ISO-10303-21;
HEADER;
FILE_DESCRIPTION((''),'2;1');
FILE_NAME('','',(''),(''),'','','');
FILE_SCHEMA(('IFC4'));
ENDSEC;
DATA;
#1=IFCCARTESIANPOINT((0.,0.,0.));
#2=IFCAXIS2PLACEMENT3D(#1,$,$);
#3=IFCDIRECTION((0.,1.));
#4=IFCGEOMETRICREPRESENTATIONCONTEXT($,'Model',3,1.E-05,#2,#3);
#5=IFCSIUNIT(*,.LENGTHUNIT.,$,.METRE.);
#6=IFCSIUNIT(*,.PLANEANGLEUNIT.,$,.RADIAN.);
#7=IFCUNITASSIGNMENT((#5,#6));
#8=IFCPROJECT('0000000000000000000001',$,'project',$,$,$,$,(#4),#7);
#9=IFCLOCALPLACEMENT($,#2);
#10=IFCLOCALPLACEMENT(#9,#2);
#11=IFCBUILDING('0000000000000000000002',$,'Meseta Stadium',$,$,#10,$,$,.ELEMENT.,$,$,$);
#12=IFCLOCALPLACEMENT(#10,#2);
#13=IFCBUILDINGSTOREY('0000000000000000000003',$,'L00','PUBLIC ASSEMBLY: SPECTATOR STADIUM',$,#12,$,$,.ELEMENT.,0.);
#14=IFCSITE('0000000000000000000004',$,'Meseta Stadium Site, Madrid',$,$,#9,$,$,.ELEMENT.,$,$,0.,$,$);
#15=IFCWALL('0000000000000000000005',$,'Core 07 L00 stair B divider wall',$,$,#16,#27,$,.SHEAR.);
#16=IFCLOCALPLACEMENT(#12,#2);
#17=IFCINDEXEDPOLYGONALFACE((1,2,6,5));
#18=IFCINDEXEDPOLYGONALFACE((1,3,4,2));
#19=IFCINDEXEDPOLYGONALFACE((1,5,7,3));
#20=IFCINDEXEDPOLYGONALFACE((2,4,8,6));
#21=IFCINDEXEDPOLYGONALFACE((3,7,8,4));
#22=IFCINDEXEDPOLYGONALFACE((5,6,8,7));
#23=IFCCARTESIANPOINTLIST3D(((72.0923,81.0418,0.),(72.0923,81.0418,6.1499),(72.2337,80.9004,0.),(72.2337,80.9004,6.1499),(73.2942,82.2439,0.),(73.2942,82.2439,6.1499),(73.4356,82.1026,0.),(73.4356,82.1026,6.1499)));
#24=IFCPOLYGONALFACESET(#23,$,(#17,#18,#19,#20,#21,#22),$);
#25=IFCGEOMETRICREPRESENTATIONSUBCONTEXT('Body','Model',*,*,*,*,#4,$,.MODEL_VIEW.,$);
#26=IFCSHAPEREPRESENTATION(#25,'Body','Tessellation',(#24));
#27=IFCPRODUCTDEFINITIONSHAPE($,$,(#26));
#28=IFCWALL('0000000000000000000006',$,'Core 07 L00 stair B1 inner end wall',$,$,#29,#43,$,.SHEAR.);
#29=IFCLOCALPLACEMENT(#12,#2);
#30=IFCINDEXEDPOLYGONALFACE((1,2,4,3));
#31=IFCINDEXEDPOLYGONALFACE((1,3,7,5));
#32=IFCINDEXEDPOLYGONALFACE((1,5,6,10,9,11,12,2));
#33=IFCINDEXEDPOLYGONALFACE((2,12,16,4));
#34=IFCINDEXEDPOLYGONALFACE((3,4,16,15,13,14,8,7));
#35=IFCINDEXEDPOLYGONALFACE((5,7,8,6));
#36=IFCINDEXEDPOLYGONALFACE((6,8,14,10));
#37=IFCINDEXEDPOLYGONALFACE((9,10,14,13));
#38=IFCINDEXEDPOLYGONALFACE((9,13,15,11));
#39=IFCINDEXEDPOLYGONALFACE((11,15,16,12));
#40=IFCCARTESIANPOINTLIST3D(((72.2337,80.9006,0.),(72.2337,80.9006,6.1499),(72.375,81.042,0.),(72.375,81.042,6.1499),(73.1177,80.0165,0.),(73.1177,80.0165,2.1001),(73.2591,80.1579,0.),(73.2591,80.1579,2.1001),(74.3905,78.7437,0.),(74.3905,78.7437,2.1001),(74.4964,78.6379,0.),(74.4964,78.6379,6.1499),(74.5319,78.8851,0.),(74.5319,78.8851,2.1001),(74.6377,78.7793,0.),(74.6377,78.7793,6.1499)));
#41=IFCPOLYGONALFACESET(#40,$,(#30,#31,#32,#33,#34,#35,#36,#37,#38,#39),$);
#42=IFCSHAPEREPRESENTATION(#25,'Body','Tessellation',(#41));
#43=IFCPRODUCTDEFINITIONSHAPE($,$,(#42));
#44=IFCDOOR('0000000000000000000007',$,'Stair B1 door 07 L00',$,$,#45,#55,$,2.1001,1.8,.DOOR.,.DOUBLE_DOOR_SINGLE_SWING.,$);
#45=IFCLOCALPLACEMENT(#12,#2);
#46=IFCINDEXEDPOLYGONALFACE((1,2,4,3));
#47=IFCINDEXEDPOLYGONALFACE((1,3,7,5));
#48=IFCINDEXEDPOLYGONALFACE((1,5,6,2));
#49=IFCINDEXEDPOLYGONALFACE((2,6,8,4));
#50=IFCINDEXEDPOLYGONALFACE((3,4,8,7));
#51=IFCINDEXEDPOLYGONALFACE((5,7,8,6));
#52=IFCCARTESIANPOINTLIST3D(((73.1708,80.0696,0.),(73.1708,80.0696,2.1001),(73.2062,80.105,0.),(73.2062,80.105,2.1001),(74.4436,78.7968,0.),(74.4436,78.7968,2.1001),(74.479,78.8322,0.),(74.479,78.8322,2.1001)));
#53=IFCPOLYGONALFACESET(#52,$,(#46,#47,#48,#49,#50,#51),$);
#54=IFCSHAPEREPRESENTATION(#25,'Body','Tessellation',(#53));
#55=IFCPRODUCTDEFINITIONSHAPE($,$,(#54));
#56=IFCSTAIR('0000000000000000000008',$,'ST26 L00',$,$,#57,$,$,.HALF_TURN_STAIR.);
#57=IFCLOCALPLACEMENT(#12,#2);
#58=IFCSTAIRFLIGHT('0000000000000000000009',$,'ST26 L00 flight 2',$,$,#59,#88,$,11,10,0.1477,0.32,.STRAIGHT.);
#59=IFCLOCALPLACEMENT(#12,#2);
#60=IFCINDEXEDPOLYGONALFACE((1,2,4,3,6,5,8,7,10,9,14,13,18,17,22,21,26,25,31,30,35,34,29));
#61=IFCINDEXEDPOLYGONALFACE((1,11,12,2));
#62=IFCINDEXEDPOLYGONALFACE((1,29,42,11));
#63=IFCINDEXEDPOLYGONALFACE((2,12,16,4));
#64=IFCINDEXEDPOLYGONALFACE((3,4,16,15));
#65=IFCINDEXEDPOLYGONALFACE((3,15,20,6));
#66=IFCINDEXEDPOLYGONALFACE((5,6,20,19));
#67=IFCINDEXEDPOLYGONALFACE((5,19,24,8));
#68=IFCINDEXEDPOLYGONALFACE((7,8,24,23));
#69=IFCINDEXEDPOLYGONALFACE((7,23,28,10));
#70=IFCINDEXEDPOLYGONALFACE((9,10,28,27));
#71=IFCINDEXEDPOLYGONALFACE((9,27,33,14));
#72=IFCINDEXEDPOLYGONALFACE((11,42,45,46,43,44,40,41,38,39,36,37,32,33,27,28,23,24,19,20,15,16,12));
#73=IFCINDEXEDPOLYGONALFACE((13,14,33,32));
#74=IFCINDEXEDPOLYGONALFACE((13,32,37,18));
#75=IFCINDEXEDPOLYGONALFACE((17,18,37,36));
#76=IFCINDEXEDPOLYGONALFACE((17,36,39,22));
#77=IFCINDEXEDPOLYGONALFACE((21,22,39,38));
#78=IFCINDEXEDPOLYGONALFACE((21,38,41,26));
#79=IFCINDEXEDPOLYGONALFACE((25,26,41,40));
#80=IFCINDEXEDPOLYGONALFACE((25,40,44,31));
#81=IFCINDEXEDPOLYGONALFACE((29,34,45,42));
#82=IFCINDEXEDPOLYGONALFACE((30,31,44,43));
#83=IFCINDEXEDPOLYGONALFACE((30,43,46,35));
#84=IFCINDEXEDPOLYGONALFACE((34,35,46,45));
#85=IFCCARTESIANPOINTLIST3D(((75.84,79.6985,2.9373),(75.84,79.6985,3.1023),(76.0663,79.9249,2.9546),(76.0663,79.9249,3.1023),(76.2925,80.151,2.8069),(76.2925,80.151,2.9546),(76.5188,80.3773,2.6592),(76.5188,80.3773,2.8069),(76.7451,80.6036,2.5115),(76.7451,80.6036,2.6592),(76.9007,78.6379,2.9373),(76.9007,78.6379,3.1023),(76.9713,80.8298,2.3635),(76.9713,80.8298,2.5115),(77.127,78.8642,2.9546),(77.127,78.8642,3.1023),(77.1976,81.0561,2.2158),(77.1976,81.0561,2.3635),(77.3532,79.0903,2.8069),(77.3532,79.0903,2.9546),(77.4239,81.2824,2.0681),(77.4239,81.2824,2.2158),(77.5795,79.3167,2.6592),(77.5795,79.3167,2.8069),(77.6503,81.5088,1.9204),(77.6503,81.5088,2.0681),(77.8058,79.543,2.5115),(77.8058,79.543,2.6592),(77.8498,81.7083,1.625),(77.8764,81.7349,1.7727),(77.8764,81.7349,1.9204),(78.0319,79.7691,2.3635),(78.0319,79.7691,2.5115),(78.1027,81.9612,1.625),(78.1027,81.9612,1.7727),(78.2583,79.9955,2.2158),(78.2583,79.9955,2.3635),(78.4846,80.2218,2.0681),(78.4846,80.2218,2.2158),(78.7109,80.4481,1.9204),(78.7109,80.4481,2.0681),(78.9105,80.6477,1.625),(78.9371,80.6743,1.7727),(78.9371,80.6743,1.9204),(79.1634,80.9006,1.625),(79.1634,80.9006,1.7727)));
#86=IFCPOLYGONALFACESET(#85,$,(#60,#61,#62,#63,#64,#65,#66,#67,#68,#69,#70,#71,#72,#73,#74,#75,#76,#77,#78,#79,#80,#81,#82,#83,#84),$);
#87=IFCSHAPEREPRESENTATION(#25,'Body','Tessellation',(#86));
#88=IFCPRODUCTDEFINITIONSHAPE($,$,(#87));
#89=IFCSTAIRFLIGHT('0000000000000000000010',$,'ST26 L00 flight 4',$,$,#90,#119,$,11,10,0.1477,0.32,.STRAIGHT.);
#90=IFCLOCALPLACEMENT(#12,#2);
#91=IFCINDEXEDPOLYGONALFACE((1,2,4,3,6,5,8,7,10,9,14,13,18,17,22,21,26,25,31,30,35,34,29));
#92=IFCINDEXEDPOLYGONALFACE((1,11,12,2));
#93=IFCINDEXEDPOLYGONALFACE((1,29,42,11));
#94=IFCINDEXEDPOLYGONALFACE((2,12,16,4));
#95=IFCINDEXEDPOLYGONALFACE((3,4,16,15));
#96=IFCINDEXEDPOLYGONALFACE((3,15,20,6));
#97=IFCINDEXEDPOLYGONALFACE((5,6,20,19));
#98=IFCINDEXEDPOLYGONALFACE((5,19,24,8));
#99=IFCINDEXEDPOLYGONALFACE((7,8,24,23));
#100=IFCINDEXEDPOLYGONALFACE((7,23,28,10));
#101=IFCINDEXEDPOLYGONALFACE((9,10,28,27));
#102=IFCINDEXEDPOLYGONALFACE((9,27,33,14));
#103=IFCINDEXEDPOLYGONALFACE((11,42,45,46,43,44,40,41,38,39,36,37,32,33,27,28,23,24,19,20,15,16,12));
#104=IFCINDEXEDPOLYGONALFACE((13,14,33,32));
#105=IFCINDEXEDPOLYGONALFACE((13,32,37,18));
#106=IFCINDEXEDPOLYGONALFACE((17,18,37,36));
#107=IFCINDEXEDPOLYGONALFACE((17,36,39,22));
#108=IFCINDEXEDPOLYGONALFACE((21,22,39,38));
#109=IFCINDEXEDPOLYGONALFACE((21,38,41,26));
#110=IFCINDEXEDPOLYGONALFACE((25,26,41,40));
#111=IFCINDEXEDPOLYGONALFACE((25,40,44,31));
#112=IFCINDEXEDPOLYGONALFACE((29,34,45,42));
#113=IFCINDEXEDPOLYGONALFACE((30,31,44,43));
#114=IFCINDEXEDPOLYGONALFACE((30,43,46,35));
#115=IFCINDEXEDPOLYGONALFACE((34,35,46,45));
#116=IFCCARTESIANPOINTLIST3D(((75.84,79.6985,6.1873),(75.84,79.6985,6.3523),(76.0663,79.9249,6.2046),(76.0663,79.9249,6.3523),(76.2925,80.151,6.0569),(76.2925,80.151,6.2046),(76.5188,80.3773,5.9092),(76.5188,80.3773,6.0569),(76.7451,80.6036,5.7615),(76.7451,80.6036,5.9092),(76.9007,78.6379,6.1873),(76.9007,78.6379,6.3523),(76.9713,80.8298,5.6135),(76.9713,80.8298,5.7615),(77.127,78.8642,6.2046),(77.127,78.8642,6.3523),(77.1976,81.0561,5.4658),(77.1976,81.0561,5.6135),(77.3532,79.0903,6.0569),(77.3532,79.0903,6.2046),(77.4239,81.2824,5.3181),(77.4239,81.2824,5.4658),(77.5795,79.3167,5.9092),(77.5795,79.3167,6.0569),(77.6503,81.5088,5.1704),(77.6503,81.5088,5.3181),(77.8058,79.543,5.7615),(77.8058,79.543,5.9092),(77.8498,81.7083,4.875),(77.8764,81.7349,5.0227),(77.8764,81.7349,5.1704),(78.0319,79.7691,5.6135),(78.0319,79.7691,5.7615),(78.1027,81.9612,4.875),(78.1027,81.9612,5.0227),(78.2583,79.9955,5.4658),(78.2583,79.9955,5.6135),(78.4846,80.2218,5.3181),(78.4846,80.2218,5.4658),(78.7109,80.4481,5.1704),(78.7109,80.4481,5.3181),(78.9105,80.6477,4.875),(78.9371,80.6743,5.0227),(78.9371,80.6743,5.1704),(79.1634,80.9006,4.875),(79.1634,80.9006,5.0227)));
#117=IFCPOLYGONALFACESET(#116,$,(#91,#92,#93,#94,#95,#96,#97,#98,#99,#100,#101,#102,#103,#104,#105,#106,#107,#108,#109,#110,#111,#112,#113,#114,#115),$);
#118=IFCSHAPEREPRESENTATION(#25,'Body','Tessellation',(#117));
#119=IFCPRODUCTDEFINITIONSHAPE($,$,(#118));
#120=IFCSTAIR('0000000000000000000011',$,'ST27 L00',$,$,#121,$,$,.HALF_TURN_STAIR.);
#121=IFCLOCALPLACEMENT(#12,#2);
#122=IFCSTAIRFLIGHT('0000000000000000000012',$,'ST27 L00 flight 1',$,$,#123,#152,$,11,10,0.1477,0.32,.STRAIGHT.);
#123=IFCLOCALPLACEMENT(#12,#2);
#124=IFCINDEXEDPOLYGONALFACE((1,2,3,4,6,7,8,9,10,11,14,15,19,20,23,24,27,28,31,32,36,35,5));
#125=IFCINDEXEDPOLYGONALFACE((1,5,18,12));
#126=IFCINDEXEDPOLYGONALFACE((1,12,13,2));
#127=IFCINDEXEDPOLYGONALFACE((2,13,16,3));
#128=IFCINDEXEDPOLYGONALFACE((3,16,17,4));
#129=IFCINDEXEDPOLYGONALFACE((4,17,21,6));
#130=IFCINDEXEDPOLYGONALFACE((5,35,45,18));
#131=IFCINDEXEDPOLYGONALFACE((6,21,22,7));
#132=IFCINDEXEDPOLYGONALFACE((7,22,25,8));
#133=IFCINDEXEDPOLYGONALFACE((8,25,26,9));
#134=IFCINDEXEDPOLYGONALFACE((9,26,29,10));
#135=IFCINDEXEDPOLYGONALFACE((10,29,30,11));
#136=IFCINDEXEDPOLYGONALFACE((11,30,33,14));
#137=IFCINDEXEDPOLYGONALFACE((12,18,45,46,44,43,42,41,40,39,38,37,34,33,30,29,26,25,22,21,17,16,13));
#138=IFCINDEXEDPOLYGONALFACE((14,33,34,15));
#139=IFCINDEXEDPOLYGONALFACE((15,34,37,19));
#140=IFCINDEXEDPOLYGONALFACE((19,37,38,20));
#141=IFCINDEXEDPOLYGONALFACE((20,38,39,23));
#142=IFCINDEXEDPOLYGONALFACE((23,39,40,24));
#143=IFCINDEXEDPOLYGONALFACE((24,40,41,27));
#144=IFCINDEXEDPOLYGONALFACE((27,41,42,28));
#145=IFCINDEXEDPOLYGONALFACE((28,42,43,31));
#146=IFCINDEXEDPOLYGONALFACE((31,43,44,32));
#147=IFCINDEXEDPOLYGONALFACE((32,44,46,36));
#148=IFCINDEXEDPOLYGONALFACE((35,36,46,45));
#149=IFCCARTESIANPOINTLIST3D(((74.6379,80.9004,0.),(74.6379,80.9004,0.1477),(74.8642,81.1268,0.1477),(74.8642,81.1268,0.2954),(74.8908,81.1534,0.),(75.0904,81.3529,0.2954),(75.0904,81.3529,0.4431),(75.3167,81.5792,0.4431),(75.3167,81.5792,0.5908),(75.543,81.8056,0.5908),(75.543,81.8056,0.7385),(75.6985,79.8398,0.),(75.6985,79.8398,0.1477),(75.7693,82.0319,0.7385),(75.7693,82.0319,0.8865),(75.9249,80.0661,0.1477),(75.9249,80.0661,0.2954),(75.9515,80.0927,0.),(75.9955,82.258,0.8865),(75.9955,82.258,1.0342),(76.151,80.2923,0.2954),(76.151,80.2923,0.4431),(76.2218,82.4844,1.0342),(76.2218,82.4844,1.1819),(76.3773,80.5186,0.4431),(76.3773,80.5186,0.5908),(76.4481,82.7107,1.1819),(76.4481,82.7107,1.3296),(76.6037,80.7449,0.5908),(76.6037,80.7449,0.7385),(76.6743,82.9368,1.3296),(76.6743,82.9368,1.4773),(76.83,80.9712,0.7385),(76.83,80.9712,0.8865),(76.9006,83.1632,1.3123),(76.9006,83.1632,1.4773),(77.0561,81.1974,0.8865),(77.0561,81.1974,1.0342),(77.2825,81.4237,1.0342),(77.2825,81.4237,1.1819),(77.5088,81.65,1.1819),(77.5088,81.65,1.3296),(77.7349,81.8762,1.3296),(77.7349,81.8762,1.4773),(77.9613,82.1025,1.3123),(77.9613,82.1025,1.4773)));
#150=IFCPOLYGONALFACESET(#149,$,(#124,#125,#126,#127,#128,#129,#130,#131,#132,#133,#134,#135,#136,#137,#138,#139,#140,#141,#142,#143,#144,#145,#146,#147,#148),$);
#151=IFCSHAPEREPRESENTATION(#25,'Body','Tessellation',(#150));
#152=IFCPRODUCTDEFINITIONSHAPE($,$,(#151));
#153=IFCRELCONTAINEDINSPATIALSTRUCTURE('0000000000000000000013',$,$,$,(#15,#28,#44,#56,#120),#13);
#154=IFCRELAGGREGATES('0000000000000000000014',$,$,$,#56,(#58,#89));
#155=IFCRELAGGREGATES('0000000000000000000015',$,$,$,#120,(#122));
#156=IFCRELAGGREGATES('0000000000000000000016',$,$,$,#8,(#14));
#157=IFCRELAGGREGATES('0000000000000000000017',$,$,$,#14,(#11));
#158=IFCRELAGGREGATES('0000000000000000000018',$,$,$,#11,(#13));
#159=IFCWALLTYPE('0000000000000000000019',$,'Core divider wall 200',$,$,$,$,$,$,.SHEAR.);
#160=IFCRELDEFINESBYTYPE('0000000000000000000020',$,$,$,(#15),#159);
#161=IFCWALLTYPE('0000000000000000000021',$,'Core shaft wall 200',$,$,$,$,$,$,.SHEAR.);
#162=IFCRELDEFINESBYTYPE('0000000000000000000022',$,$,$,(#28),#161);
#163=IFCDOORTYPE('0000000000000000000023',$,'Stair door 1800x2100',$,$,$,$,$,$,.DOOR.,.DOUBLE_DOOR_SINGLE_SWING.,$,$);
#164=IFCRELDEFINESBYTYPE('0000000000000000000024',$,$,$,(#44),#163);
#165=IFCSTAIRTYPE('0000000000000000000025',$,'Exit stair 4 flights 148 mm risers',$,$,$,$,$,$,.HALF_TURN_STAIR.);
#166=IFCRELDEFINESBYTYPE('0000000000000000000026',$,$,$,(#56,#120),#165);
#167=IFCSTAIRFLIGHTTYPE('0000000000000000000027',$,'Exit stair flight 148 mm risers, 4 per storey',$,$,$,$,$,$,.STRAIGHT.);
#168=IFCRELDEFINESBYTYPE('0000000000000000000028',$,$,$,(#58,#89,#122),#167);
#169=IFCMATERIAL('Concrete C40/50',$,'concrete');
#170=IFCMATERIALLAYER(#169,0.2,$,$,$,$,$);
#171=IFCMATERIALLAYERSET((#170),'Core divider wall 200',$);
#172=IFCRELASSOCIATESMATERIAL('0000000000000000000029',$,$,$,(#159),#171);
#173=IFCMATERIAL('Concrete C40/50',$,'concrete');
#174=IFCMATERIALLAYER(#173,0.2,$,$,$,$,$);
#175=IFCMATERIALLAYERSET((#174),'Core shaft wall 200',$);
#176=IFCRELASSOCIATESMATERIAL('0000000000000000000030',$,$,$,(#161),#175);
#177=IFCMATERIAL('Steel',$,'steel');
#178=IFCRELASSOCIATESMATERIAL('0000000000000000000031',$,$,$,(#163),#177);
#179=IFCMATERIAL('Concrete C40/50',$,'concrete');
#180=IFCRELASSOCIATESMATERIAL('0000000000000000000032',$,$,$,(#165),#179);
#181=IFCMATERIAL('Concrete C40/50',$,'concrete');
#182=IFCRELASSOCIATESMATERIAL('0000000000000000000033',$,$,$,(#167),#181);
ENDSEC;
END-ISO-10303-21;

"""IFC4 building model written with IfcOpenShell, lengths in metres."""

from ifc_helpers import new_model, si_unit, direction, frame, frame_2d, origin, place, context, subcontext, project, spatial, polyline, rectangle, outline, extrude, material, layer, layer_set, type_object, element, fill, aggregate, save


model = new_model("IFC4")

# Units and contexts
model_context = context("Model", 3, precision=1e-05, world=origin(), true_north=direction((0.0, 1.0)))
body_context = subcontext(model_context, "Body", "Model", "MODEL_VIEW")
ifc_project = project(units=[si_unit("LENGTHUNIT", "METRE"), si_unit("PLANEANGLEUNIT", "RADIAN")], contexts=[model_context])

# Site, building, storey
site_placement = place(None, origin())
site = spatial("IfcSite", under=ifc_project, at=site_placement, Name="Meseta Stadium Site, Madrid", CompositionType="ELEMENT", RefElevation=0.0)
building_placement = place(site_placement, origin())
building = spatial("IfcBuilding", under=site, at=building_placement, Name="Meseta Stadium", CompositionType="ELEMENT")
storey_placement = place(building_placement, origin())
storey = spatial("IfcBuildingStorey", under=building, at=storey_placement, Name="L00", Description="PUBLIC ASSEMBLY: SPECTATOR STADIUM", CompositionType="ELEMENT", Elevation=0.0)

# Wall
ifc_material_1 = material(Name="Concrete C40/50", Category="concrete")
ifc_layer_1 = layer(ifc_material_1, 0.2)
ifc_layer_set_1 = layer_set([ifc_layer_1], Name="Core divider wall 200")
wall_type_1 = type_object("IfcWallType", Name="Core divider wall 200", PredefinedType="SHEAR", material=ifc_layer_set_1)
wall_1_placement = place(storey_placement, frame((73.365, 82.1733, 0.0), z_axis=(0.0, 0.0, 1.0), x_axis=(-0.707035, -0.707179, 0.0)))
element("IfcWall", 1, at=wall_1_placement, inside=storey, type_object=wall_type_1, Name="Core 07 L00 stair B divider wall", PredefinedType="SHEAR", context=body_context, shape_type="SweptSolid", body=[
    extrude(rectangle(XDim=1.7, YDim=0.2, at=frame_2d((0.8501, 0.0))), origin(), (0.0, 0.0, 1.0), 6.1499),
])

# Wall, opening, door
ifc_material_2 = material(Name="Concrete C40/50", Category="concrete")
ifc_layer_2 = layer(ifc_material_2, 0.2)
ifc_layer_set_2 = layer_set([ifc_layer_2], Name="Core shaft wall 200")
wall_type_2 = type_object("IfcWallType", Name="Core shaft wall 200", PredefinedType="SHEAR", material=ifc_layer_set_2)
wall_2_placement = place(storey_placement, frame((74.5671, 78.7085, 0.0), z_axis=(0.0, 0.0, 1.0), x_axis=(-0.707107, 0.707107, 0.0)))
wall_2 = element("IfcWall", 2, at=wall_2_placement, inside=storey, type_object=wall_type_2, Name="Core 07 L00 stair B1 inner end wall", PredefinedType="SHEAR", context=body_context, shape_type="SweptSolid", body=[
    extrude(rectangle(XDim=3.2, YDim=0.2, at=frame_2d((1.6001, 0.0))), origin(), (0.0, 0.0, 1.0), 6.1499),
])
opening_placement = place(wall_2_placement, frame((0.1499, 0.0, 0.0)))
opening = element("IfcOpeningElement", 3, at=opening_placement, cuts=wall_2, PredefinedType="OPENING", context=body_context, shape_type="SweptSolid", body=[
    extrude(rectangle(XDim=1.8, YDim=2.1001, at=frame_2d((0.8999, 1.05))), frame((0.0, 0.1099, 0.0), z_axis=(0.0, -1.0, 0.0), x_axis=(1.0, 0.0, 0.0)), (0.0, 0.0, 1.0), 0.22),
])
ifc_material_3 = material(Name="Steel", Category="steel")
door_type = type_object("IfcDoorType", Name="Stair door 1800x2100", OperationType="DOUBLE_DOOR_SINGLE_SWING", PredefinedType="DOOR", material=ifc_material_3)
door_placement = place(opening_placement, origin())
door = element("IfcDoor", 4, at=door_placement, inside=storey, type_object=door_type, Name="Stair B1 door 07 L00", OperationType="DOUBLE_DOOR_SINGLE_SWING", OverallHeight=2.1001, OverallWidth=1.8, PredefinedType="DOOR", context=body_context, shape_type="SweptSolid", body=[
    extrude(rectangle(XDim=1.8, YDim=2.1001, at=frame_2d((0.8999, 1.05))), frame((0.0, 0.0249, 0.0), z_axis=(0.0, -1.0, 0.0), x_axis=(1.0, 0.0, 0.0)), (0.0, 0.0, 1.0), 0.05),
])
fill(opening, door)

# Stairs, stair flights
ifc_material_4 = material(Name="Concrete C40/50", Category="concrete")
stair_type = type_object("IfcStairType", Name="Exit stair 4 flights 148 mm risers", PredefinedType="HALF_TURN_STAIR", material=ifc_material_4)
stair_1_placement = place(storey_placement, origin())
stair_1 = element("IfcStair", 5, at=stair_1_placement, inside=storey, type_object=stair_type, Name="ST26 L00", PredefinedType="HALF_TURN_STAIR")
ifc_material_5 = material(Name="Concrete C40/50", Category="concrete")
stair_flight_type = type_object("IfcStairFlightType", Name="Exit stair flight 148 mm risers, 4 per storey", PredefinedType="STRAIGHT", material=ifc_material_5)
stair_flight_1_placement = place(storey_placement, frame((78.6331, 81.4309, 1.625), z_axis=(0.0, 0.0, 1.0), x_axis=(-0.707107, -0.707107, 0.0)))
stair_flight_1 = element("IfcStairFlight", 6, at=stair_flight_1_placement, type_object=stair_flight_type, Name="ST26 L00 flight 2", NumberOfRisers=11, NumberOfTreads=10, PredefinedType="STRAIGHT", RiserHeight=0.1477, TreadLength=0.32, context=body_context, shape_type="SweptSolid", body=[
    extrude(outline(polyline([(0.0, 0.0), (0.0, 0.1477), (0.3201, 0.1477), (0.3201, 0.2954), (0.6399, 0.2954), (0.6399, 0.4431), (0.96, 0.4431), (0.96, 0.5908), (1.28, 0.5908), (1.28, 0.7385), (1.6001, 0.7385), (1.6001, 0.8865), (1.9199, 0.8865), (1.9199, 1.0342), (2.24, 1.0342), (2.24, 1.1819), (2.5601, 1.1819), (2.5601, 1.3296), (2.8799, 1.3296), (2.8799, 1.4773), (3.2, 1.4773), (3.2, 1.3123), (0.3577, 0.0), (0.0, 0.0)])), frame((0.0, 0.75, 0.0), z_axis=(0.0, -1.0, 0.0), x_axis=(1.0, 0.0, 0.0)), (0.0, 0.0, 1.0), 1.5),
])
stair_flight_2_placement = place(storey_placement, frame((78.6331, 81.4309, 4.875), z_axis=(0.0, 0.0, 1.0), x_axis=(-0.707107, -0.707107, 0.0)))
stair_flight_2 = element("IfcStairFlight", 7, at=stair_flight_2_placement, type_object=stair_flight_type, Name="ST26 L00 flight 4", NumberOfRisers=11, NumberOfTreads=10, PredefinedType="STRAIGHT", RiserHeight=0.1477, TreadLength=0.32, context=body_context, shape_type="SweptSolid", body=[
    extrude(outline(polyline([(0.0, 0.0), (0.0, 0.1477), (0.3201, 0.1477), (0.3201, 0.2954), (0.6399, 0.2954), (0.6399, 0.4431), (0.96, 0.4431), (0.96, 0.5908), (1.28, 0.5908), (1.28, 0.7385), (1.6001, 0.7385), (1.6001, 0.8865), (1.9199, 0.8865), (1.9199, 1.0342), (2.24, 1.0342), (2.24, 1.1819), (2.5601, 1.1819), (2.5601, 1.3296), (2.8799, 1.3296), (2.8799, 1.4773), (3.2, 1.4773), (3.2, 1.3123), (0.3577, 0.0), (0.0, 0.0)])), frame((0.0, 0.75, 0.0), z_axis=(0.0, -1.0, 0.0), x_axis=(1.0, 0.0, 0.0)), (0.0, 0.0, 1.0), 1.5),
])
aggregate(stair_1, [stair_flight_1, stair_flight_2])
stair_2_placement = place(storey_placement, origin())
stair_2 = element("IfcStair", 8, at=stair_2_placement, inside=storey, type_object=stair_type, Name="ST27 L00", PredefinedType="HALF_TURN_STAIR")
stair_flight_3_placement = place(storey_placement, frame((75.1682, 80.3701, 0.0), z_axis=(0.0, 0.0, 1.0), x_axis=(0.707107, 0.707107, 0.0)))
stair_flight_3 = element("IfcStairFlight", 9, at=stair_flight_3_placement, type_object=stair_flight_type, Name="ST27 L00 flight 1", NumberOfRisers=11, NumberOfTreads=10, PredefinedType="STRAIGHT", RiserHeight=0.1477, TreadLength=0.32, context=body_context, shape_type="SweptSolid", body=[
    extrude(outline(polyline([(0.0, 0.0), (0.0, 0.1477), (0.3201, 0.1477), (0.3201, 0.2954), (0.6399, 0.2954), (0.6399, 0.4431), (0.96, 0.4431), (0.96, 0.5908), (1.28, 0.5908), (1.28, 0.7385), (1.6001, 0.7385), (1.6001, 0.8865), (1.9199, 0.8865), (1.9199, 1.0342), (2.24, 1.0342), (2.24, 1.1819), (2.5601, 1.1819), (2.5601, 1.3296), (2.8799, 1.3296), (2.8799, 1.4773), (3.2, 1.4773), (3.2, 1.3123), (0.3577, 0.0), (0.0, 0.0)])), frame((0.0, 0.75, 0.0), z_axis=(0.0, -1.0, 0.0), x_axis=(1.0, 0.0, 0.0)), (0.0, 0.0, 1.0), 1.5),
])
aggregate(stair_2, [stair_flight_3])

save(model, "model.ifc")
